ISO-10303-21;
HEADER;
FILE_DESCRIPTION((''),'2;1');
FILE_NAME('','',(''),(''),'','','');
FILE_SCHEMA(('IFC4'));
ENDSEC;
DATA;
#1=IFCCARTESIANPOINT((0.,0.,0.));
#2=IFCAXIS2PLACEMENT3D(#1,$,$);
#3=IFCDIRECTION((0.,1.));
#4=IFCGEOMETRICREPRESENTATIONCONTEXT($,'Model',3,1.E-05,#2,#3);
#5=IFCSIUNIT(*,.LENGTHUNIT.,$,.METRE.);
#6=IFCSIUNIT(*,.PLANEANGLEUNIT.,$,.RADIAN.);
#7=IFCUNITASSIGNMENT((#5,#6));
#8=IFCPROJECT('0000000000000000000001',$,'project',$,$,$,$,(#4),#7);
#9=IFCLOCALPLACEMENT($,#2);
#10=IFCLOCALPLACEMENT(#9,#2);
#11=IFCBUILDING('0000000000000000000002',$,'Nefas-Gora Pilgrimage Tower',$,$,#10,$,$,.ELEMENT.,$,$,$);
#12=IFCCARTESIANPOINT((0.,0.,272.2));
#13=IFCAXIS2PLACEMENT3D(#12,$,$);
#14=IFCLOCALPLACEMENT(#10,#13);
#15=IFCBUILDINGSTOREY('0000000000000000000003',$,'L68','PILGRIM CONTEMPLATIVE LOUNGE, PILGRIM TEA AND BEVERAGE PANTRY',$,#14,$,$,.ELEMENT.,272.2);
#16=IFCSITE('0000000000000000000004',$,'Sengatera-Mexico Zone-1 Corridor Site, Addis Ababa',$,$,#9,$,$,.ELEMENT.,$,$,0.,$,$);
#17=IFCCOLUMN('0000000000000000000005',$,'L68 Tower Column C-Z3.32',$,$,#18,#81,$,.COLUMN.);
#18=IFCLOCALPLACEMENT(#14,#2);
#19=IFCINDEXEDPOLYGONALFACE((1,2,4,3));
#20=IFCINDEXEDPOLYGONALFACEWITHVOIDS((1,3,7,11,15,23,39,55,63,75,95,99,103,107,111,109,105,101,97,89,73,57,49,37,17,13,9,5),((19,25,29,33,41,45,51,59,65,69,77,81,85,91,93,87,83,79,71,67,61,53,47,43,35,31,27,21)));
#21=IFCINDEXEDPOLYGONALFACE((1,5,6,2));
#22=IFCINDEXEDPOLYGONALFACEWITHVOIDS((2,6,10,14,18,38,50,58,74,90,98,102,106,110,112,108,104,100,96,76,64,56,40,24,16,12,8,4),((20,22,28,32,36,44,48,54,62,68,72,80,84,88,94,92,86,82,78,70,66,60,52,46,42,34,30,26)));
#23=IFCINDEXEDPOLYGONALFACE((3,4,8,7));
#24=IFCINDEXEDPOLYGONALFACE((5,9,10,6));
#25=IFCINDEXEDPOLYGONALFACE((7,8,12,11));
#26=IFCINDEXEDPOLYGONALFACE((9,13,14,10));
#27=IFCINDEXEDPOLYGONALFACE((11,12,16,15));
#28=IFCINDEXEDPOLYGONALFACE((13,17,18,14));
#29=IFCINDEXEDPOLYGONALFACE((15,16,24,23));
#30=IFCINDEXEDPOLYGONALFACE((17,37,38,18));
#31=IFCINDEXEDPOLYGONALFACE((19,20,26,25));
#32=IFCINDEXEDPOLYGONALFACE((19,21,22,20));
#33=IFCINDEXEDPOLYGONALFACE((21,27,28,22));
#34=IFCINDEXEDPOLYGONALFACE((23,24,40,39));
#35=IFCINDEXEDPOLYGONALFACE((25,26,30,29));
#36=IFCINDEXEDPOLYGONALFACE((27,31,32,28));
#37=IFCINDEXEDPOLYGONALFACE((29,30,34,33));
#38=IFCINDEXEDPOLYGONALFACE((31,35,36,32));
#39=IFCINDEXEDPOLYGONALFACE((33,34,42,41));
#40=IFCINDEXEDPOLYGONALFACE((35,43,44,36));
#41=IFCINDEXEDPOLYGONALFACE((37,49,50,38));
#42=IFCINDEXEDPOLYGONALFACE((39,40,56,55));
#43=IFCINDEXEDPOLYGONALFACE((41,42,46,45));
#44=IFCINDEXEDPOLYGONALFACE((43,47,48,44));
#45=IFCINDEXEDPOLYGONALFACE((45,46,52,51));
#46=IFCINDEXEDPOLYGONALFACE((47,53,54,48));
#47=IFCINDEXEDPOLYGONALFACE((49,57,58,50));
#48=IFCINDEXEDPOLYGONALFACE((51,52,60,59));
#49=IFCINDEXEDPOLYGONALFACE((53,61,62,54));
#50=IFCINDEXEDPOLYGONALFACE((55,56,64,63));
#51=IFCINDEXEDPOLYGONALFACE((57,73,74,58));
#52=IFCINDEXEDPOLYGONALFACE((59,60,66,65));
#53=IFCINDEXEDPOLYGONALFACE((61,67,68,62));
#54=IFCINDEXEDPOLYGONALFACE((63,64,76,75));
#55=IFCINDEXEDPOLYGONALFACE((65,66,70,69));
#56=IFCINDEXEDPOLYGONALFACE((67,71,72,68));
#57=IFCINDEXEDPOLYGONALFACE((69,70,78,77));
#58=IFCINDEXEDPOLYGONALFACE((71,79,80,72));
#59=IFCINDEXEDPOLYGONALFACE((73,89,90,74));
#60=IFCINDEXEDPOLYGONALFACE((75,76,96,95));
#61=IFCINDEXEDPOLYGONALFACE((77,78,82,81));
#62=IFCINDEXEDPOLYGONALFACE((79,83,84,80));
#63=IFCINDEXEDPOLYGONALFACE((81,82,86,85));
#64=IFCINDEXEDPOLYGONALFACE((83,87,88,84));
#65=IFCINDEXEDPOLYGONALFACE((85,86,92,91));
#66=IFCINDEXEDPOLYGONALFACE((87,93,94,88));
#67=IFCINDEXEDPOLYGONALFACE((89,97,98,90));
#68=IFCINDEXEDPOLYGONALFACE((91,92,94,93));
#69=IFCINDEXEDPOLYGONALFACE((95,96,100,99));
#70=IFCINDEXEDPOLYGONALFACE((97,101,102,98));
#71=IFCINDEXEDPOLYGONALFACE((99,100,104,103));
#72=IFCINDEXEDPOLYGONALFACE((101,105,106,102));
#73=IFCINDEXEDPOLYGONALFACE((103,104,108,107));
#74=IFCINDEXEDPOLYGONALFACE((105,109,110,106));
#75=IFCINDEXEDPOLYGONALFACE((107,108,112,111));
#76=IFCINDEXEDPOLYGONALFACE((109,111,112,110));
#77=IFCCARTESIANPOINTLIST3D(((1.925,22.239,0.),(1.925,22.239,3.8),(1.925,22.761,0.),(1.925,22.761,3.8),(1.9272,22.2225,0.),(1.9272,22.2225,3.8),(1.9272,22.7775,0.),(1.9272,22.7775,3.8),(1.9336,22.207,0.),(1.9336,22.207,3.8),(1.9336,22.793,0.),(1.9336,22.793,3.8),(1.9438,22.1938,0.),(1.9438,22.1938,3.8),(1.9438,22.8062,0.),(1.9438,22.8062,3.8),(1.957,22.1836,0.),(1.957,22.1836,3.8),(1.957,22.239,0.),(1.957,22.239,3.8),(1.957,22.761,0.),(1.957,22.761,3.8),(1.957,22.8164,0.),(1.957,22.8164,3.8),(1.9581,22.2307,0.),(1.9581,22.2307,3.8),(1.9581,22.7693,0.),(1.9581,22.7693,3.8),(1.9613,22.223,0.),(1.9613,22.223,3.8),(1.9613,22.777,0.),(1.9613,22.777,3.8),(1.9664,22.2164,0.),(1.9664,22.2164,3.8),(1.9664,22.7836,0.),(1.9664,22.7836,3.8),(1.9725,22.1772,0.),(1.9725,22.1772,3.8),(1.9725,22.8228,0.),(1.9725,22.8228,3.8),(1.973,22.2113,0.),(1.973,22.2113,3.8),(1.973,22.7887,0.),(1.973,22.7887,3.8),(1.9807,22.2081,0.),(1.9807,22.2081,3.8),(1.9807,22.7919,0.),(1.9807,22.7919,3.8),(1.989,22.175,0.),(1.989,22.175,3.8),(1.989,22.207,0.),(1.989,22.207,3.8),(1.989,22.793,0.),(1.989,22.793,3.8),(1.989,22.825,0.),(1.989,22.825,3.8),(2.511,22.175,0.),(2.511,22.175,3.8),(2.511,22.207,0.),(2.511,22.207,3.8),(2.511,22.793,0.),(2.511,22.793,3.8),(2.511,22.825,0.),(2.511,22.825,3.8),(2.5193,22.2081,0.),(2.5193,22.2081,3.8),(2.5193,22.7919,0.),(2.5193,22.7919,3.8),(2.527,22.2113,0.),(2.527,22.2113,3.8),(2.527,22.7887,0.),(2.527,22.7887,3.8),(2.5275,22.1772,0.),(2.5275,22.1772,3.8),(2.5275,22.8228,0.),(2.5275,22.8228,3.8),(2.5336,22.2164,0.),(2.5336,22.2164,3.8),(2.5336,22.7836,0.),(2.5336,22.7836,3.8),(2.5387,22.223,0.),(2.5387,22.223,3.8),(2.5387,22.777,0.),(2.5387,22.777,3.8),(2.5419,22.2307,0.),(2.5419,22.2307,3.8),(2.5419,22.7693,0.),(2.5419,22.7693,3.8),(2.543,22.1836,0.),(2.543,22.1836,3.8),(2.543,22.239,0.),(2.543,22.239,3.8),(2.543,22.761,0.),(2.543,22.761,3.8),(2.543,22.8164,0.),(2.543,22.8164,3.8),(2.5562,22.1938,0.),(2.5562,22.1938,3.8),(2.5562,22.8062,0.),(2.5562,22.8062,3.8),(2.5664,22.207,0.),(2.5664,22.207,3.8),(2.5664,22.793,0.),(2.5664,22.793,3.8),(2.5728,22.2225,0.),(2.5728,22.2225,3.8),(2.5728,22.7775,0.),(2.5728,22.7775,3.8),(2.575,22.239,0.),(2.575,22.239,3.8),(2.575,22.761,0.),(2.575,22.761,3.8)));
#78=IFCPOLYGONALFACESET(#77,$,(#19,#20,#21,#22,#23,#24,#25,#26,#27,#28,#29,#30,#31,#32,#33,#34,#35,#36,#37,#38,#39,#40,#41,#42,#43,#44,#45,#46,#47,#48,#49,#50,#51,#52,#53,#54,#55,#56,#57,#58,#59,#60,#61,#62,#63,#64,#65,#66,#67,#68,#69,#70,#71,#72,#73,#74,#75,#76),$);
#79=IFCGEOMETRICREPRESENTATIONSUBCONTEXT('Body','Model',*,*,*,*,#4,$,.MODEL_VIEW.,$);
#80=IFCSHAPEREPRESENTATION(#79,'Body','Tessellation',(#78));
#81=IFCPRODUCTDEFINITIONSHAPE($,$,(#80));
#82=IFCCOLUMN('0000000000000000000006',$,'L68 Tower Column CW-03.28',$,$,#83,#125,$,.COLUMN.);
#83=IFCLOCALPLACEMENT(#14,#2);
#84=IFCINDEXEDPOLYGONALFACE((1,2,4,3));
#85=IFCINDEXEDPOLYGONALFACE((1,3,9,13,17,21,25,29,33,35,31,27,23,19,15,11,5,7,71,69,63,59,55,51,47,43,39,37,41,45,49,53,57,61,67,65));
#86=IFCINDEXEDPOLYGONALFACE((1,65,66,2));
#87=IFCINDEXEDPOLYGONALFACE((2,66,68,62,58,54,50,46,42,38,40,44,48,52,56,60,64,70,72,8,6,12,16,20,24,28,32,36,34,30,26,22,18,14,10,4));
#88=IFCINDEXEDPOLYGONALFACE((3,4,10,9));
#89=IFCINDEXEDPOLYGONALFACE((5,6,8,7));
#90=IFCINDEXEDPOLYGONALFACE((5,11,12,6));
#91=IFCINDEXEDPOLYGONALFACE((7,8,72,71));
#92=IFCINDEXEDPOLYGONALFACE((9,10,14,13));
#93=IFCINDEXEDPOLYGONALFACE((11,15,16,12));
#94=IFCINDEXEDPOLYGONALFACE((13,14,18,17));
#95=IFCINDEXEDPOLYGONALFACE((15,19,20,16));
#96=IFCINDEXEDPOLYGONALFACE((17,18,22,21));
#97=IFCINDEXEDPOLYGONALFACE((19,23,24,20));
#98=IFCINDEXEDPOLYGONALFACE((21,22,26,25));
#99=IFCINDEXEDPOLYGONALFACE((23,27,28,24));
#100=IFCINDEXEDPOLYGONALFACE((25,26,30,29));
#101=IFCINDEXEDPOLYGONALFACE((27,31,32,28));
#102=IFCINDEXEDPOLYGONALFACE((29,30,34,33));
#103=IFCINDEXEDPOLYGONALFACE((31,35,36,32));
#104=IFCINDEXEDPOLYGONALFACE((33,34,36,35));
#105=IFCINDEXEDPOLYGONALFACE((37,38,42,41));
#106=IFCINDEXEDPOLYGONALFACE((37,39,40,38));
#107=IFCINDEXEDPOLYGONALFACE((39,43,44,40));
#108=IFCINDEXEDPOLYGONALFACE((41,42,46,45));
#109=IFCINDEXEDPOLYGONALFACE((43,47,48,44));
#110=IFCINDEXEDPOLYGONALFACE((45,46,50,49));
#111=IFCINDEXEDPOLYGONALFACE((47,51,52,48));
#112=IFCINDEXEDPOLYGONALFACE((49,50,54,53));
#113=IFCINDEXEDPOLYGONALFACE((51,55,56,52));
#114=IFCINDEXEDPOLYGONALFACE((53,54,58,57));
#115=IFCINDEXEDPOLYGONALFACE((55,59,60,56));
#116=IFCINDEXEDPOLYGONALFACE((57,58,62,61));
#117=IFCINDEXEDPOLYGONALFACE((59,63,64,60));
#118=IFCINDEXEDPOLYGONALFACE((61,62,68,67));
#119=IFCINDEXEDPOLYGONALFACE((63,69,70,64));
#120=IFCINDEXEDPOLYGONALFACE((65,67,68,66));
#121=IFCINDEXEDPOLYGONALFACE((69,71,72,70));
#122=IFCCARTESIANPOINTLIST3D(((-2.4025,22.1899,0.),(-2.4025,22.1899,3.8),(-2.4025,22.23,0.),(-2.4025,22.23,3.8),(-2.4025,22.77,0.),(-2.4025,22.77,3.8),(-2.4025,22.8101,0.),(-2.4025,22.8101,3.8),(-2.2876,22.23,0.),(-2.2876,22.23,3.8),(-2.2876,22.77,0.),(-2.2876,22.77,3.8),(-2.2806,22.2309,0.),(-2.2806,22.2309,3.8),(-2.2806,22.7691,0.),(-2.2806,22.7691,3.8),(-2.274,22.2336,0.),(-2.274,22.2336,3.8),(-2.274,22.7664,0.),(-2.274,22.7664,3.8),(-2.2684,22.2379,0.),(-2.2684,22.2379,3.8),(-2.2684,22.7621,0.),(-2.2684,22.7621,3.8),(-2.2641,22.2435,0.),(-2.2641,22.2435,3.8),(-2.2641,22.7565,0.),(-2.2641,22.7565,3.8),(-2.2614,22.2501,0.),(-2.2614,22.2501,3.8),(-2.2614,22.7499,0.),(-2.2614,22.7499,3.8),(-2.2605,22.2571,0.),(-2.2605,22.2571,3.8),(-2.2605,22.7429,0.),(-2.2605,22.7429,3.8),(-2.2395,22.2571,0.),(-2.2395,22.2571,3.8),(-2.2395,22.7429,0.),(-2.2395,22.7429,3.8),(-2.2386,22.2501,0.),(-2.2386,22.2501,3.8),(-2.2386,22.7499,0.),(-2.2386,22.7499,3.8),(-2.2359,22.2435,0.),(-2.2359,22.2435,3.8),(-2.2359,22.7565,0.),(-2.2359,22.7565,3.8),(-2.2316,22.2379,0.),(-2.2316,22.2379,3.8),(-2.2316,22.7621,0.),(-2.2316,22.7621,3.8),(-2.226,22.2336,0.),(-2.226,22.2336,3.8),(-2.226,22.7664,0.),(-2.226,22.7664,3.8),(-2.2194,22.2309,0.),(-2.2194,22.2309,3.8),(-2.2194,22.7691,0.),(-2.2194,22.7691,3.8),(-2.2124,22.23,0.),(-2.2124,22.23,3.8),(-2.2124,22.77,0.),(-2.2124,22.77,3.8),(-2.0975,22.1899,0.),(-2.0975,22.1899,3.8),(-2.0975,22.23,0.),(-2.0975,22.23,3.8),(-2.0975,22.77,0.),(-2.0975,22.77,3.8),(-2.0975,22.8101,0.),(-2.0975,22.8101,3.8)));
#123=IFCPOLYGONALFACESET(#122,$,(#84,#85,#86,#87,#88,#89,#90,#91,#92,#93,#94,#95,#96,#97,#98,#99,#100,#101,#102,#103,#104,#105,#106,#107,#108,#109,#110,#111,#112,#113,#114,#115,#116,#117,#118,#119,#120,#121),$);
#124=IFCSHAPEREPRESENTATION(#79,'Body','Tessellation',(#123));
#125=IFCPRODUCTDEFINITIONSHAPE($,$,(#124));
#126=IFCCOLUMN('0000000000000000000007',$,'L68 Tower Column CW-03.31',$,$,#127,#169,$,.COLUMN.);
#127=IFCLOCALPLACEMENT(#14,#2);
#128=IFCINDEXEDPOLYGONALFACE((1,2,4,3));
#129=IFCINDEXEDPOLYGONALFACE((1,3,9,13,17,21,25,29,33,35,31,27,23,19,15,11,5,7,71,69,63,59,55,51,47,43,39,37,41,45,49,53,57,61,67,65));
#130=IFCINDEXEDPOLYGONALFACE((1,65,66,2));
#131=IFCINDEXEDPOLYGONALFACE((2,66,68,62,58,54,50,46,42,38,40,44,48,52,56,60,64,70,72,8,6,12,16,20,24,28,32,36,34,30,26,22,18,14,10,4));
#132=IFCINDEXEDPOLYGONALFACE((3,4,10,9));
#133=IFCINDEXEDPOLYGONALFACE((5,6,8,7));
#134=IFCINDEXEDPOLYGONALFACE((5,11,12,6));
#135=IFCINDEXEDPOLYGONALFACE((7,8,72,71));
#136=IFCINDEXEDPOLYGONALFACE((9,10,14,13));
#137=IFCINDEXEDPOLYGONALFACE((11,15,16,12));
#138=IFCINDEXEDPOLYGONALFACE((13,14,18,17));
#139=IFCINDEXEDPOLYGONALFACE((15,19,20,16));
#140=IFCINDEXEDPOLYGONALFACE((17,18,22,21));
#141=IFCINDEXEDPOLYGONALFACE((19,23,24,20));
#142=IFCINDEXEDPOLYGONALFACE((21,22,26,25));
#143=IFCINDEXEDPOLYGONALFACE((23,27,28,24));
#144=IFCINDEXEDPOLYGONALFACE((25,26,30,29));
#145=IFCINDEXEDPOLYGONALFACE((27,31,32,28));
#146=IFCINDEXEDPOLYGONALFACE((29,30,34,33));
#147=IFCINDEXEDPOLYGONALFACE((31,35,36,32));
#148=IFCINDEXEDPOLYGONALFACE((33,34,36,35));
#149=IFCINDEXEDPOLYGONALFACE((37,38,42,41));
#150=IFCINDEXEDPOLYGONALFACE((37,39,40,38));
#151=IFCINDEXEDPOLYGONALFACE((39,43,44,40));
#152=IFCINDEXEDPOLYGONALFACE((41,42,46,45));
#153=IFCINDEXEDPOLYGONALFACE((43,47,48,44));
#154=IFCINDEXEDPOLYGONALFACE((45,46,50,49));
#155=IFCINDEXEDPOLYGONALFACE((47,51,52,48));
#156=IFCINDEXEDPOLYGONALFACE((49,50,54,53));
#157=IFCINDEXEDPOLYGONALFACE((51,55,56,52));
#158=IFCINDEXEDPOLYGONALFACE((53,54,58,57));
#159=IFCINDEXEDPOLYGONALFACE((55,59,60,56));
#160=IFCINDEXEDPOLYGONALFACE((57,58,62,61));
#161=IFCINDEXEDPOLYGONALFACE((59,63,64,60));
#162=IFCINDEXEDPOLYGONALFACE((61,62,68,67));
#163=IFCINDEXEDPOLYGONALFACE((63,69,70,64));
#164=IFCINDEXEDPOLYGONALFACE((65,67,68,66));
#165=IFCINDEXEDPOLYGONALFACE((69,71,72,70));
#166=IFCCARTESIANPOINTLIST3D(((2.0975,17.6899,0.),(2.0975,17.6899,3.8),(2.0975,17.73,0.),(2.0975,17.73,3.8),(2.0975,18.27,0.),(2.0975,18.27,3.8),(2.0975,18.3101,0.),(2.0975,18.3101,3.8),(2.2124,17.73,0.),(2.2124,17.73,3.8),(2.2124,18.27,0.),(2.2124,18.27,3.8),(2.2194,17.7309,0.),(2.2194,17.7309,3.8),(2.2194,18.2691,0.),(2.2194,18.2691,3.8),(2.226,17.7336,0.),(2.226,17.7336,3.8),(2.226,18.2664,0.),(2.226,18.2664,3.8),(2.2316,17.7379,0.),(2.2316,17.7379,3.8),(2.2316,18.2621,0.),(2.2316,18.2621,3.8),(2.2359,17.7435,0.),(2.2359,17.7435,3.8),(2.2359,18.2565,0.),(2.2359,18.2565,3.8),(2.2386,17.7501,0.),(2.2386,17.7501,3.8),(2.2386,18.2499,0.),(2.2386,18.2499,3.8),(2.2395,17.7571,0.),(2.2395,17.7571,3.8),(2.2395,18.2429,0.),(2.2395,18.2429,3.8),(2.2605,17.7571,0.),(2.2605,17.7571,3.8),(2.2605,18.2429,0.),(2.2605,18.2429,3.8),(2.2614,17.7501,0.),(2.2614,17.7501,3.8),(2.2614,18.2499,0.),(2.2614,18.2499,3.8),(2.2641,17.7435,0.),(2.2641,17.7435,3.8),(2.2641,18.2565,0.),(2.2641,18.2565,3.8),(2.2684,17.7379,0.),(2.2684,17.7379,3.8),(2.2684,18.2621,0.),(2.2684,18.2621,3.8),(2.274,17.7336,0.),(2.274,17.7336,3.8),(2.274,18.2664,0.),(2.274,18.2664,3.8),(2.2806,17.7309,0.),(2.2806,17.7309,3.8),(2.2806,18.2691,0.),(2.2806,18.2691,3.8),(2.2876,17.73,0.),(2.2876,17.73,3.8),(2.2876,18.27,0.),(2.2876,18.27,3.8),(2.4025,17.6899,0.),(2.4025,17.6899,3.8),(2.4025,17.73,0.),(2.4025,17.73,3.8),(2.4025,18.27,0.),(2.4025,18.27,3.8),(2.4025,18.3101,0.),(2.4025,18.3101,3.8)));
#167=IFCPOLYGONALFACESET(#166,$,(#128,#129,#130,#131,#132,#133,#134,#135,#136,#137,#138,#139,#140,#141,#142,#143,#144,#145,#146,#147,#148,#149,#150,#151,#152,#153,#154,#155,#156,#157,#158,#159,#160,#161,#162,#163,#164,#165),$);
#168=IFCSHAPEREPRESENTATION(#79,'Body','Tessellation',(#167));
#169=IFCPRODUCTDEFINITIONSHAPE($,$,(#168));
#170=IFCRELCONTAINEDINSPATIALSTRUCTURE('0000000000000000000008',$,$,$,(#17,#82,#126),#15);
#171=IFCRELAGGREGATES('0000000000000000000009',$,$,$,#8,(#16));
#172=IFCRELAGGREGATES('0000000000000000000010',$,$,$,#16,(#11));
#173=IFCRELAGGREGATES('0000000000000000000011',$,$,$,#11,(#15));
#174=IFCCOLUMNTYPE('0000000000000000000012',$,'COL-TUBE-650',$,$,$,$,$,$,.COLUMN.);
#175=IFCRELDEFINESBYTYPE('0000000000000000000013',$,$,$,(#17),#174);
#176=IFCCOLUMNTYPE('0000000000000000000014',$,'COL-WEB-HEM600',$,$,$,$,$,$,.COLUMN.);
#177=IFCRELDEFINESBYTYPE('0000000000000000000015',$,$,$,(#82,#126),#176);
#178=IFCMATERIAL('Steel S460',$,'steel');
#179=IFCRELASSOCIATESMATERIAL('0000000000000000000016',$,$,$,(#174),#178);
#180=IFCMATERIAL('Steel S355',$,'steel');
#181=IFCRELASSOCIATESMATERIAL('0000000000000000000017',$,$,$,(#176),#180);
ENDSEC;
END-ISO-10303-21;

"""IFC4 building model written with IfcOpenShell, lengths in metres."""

from ifc_helpers import new_model, si_unit, direction, frame, origin, origin_2d, place, context, subcontext, project, spatial, hollow_rectangle, i_section, extrude, source, transform, mapped, material, material_profile, profile_set, type_object, element, save


model = new_model("IFC4")

# Units and contexts
model_context = context("Model", 3, precision=1e-05, world=origin(), true_north=direction((0.0, 1.0)))
body_context = subcontext(model_context, "Body", "Model", "MODEL_VIEW")
ifc_project = project(units=[si_unit("LENGTHUNIT", "METRE"), si_unit("PLANEANGLEUNIT", "RADIAN")], contexts=[model_context])

# Site, building, storey
site_placement = place(None, origin())
site = spatial("IfcSite", under=ifc_project, at=site_placement, Name="Sengatera-Mexico Zone-1 Corridor Site, Addis Ababa", CompositionType="ELEMENT", RefElevation=0.0)
building_placement = place(site_placement, origin())
building = spatial("IfcBuilding", under=site, at=building_placement, Name="Nefas-Gora Pilgrimage Tower", CompositionType="ELEMENT")
storey_placement = place(building_placement, frame((0.0, 0.0, 272.2)))
storey = spatial("IfcBuildingStorey", under=building, at=storey_placement, Name="L68", Description="PILGRIM CONTEMPLATIVE LOUNGE, PILGRIM TEA AND BEVERAGE PANTRY", CompositionType="ELEMENT", Elevation=272.2)

# Columns
ifc_material_1 = material(Name="Steel S460", Category="steel")
ifc_material_profile_1 = material_profile(ifc_material_1, hollow_rectangle(XDim=0.6499, YDim=0.6499, WallThickness=0.032, InnerFilletRadius=0.032, OuterFilletRadius=0.064, at=origin_2d()), Name="BOX 650x650x32")
ifc_profile_set_1 = profile_set([ifc_material_profile_1], Name="Steel S460")
column_type_1 = type_object("IfcColumnType", Name="COL-TUBE-650", PredefinedType="COLUMN", material=ifc_profile_set_1)
shared_shape_1 = source(origin(), body_context, "Body", "SweptSolid", [
    extrude(hollow_rectangle(XDim=0.6499, YDim=0.6499, WallThickness=0.032, InnerFilletRadius=0.032, OuterFilletRadius=0.064, at=origin_2d()), origin(), (0.0, 0.0, 1.0), 3.8),
])
column_placement = place(storey_placement, frame((2.25, 22.5, 0.0), z_axis=(0.0, 0.0, 1.0), x_axis=(1.0, 0.0, 0.0)))
element("IfcColumn", 1, at=column_placement, inside=storey, type_object=column_type_1, Name="L68 Tower Column C-Z3.32", PredefinedType="COLUMN", context=body_context, shape_type="MappedRepresentation", body=[
    mapped(shared_shape_1, transform((0.0, 0.0, 0.0), x_axis=(1.0, 0.0, 0.0), y_axis=(0.0, 1.0, 0.0), z_axis=(0.0, 0.0, 1.0), scale=1.0)),
])
ifc_material_2 = material(Name="Steel S355", Category="steel")
ifc_material_profile_2 = material_profile(ifc_material_2, i_section(OverallWidth=0.3049, OverallDepth=0.6201, WebThickness=0.021, FlangeThickness=0.04, FilletRadius=0.0271, at=origin_2d()), Name="HEM 600")
ifc_profile_set_2 = profile_set([ifc_material_profile_2], Name="Steel S355")
column_type_2 = type_object("IfcColumnType", Name="COL-WEB-HEM600", PredefinedType="COLUMN", material=ifc_profile_set_2)
shared_shape_2 = source(origin(), body_context, "Body", "SweptSolid", [
    extrude(i_section(OverallWidth=0.3049, OverallDepth=0.6201, WebThickness=0.021, FlangeThickness=0.04, FilletRadius=0.0271, at=origin_2d()), origin(), (0.0, 0.0, 1.0), 3.8),
])
for number, where, z_axis, x_axis, name in (
    (2, (-2.25, 22.5, 0.0), (0.0, 0.0, 1.0), (1.0, 0.0, 0.0), "L68 Tower Column CW-03.28"),
    (3, (2.25, 18.0, 0.0), (0.0, 0.0, 1.0), (1.0, 0.0, 0.0), "L68 Tower Column CW-03.31"),
):
    element("IfcColumn", number, at=place(storey_placement, frame(where, z_axis=z_axis, x_axis=x_axis)), inside=storey, type_object=column_type_2, Name=name, PredefinedType="COLUMN", context=body_context, shape_type="MappedRepresentation", body=[
        mapped(shared_shape_2, transform((0.0, 0.0, 0.0), x_axis=(1.0, 0.0, 0.0), y_axis=(0.0, 1.0, 0.0), z_axis=(0.0, 0.0, 1.0), scale=1.0)),
    ])

save(model, "model.ifc")
